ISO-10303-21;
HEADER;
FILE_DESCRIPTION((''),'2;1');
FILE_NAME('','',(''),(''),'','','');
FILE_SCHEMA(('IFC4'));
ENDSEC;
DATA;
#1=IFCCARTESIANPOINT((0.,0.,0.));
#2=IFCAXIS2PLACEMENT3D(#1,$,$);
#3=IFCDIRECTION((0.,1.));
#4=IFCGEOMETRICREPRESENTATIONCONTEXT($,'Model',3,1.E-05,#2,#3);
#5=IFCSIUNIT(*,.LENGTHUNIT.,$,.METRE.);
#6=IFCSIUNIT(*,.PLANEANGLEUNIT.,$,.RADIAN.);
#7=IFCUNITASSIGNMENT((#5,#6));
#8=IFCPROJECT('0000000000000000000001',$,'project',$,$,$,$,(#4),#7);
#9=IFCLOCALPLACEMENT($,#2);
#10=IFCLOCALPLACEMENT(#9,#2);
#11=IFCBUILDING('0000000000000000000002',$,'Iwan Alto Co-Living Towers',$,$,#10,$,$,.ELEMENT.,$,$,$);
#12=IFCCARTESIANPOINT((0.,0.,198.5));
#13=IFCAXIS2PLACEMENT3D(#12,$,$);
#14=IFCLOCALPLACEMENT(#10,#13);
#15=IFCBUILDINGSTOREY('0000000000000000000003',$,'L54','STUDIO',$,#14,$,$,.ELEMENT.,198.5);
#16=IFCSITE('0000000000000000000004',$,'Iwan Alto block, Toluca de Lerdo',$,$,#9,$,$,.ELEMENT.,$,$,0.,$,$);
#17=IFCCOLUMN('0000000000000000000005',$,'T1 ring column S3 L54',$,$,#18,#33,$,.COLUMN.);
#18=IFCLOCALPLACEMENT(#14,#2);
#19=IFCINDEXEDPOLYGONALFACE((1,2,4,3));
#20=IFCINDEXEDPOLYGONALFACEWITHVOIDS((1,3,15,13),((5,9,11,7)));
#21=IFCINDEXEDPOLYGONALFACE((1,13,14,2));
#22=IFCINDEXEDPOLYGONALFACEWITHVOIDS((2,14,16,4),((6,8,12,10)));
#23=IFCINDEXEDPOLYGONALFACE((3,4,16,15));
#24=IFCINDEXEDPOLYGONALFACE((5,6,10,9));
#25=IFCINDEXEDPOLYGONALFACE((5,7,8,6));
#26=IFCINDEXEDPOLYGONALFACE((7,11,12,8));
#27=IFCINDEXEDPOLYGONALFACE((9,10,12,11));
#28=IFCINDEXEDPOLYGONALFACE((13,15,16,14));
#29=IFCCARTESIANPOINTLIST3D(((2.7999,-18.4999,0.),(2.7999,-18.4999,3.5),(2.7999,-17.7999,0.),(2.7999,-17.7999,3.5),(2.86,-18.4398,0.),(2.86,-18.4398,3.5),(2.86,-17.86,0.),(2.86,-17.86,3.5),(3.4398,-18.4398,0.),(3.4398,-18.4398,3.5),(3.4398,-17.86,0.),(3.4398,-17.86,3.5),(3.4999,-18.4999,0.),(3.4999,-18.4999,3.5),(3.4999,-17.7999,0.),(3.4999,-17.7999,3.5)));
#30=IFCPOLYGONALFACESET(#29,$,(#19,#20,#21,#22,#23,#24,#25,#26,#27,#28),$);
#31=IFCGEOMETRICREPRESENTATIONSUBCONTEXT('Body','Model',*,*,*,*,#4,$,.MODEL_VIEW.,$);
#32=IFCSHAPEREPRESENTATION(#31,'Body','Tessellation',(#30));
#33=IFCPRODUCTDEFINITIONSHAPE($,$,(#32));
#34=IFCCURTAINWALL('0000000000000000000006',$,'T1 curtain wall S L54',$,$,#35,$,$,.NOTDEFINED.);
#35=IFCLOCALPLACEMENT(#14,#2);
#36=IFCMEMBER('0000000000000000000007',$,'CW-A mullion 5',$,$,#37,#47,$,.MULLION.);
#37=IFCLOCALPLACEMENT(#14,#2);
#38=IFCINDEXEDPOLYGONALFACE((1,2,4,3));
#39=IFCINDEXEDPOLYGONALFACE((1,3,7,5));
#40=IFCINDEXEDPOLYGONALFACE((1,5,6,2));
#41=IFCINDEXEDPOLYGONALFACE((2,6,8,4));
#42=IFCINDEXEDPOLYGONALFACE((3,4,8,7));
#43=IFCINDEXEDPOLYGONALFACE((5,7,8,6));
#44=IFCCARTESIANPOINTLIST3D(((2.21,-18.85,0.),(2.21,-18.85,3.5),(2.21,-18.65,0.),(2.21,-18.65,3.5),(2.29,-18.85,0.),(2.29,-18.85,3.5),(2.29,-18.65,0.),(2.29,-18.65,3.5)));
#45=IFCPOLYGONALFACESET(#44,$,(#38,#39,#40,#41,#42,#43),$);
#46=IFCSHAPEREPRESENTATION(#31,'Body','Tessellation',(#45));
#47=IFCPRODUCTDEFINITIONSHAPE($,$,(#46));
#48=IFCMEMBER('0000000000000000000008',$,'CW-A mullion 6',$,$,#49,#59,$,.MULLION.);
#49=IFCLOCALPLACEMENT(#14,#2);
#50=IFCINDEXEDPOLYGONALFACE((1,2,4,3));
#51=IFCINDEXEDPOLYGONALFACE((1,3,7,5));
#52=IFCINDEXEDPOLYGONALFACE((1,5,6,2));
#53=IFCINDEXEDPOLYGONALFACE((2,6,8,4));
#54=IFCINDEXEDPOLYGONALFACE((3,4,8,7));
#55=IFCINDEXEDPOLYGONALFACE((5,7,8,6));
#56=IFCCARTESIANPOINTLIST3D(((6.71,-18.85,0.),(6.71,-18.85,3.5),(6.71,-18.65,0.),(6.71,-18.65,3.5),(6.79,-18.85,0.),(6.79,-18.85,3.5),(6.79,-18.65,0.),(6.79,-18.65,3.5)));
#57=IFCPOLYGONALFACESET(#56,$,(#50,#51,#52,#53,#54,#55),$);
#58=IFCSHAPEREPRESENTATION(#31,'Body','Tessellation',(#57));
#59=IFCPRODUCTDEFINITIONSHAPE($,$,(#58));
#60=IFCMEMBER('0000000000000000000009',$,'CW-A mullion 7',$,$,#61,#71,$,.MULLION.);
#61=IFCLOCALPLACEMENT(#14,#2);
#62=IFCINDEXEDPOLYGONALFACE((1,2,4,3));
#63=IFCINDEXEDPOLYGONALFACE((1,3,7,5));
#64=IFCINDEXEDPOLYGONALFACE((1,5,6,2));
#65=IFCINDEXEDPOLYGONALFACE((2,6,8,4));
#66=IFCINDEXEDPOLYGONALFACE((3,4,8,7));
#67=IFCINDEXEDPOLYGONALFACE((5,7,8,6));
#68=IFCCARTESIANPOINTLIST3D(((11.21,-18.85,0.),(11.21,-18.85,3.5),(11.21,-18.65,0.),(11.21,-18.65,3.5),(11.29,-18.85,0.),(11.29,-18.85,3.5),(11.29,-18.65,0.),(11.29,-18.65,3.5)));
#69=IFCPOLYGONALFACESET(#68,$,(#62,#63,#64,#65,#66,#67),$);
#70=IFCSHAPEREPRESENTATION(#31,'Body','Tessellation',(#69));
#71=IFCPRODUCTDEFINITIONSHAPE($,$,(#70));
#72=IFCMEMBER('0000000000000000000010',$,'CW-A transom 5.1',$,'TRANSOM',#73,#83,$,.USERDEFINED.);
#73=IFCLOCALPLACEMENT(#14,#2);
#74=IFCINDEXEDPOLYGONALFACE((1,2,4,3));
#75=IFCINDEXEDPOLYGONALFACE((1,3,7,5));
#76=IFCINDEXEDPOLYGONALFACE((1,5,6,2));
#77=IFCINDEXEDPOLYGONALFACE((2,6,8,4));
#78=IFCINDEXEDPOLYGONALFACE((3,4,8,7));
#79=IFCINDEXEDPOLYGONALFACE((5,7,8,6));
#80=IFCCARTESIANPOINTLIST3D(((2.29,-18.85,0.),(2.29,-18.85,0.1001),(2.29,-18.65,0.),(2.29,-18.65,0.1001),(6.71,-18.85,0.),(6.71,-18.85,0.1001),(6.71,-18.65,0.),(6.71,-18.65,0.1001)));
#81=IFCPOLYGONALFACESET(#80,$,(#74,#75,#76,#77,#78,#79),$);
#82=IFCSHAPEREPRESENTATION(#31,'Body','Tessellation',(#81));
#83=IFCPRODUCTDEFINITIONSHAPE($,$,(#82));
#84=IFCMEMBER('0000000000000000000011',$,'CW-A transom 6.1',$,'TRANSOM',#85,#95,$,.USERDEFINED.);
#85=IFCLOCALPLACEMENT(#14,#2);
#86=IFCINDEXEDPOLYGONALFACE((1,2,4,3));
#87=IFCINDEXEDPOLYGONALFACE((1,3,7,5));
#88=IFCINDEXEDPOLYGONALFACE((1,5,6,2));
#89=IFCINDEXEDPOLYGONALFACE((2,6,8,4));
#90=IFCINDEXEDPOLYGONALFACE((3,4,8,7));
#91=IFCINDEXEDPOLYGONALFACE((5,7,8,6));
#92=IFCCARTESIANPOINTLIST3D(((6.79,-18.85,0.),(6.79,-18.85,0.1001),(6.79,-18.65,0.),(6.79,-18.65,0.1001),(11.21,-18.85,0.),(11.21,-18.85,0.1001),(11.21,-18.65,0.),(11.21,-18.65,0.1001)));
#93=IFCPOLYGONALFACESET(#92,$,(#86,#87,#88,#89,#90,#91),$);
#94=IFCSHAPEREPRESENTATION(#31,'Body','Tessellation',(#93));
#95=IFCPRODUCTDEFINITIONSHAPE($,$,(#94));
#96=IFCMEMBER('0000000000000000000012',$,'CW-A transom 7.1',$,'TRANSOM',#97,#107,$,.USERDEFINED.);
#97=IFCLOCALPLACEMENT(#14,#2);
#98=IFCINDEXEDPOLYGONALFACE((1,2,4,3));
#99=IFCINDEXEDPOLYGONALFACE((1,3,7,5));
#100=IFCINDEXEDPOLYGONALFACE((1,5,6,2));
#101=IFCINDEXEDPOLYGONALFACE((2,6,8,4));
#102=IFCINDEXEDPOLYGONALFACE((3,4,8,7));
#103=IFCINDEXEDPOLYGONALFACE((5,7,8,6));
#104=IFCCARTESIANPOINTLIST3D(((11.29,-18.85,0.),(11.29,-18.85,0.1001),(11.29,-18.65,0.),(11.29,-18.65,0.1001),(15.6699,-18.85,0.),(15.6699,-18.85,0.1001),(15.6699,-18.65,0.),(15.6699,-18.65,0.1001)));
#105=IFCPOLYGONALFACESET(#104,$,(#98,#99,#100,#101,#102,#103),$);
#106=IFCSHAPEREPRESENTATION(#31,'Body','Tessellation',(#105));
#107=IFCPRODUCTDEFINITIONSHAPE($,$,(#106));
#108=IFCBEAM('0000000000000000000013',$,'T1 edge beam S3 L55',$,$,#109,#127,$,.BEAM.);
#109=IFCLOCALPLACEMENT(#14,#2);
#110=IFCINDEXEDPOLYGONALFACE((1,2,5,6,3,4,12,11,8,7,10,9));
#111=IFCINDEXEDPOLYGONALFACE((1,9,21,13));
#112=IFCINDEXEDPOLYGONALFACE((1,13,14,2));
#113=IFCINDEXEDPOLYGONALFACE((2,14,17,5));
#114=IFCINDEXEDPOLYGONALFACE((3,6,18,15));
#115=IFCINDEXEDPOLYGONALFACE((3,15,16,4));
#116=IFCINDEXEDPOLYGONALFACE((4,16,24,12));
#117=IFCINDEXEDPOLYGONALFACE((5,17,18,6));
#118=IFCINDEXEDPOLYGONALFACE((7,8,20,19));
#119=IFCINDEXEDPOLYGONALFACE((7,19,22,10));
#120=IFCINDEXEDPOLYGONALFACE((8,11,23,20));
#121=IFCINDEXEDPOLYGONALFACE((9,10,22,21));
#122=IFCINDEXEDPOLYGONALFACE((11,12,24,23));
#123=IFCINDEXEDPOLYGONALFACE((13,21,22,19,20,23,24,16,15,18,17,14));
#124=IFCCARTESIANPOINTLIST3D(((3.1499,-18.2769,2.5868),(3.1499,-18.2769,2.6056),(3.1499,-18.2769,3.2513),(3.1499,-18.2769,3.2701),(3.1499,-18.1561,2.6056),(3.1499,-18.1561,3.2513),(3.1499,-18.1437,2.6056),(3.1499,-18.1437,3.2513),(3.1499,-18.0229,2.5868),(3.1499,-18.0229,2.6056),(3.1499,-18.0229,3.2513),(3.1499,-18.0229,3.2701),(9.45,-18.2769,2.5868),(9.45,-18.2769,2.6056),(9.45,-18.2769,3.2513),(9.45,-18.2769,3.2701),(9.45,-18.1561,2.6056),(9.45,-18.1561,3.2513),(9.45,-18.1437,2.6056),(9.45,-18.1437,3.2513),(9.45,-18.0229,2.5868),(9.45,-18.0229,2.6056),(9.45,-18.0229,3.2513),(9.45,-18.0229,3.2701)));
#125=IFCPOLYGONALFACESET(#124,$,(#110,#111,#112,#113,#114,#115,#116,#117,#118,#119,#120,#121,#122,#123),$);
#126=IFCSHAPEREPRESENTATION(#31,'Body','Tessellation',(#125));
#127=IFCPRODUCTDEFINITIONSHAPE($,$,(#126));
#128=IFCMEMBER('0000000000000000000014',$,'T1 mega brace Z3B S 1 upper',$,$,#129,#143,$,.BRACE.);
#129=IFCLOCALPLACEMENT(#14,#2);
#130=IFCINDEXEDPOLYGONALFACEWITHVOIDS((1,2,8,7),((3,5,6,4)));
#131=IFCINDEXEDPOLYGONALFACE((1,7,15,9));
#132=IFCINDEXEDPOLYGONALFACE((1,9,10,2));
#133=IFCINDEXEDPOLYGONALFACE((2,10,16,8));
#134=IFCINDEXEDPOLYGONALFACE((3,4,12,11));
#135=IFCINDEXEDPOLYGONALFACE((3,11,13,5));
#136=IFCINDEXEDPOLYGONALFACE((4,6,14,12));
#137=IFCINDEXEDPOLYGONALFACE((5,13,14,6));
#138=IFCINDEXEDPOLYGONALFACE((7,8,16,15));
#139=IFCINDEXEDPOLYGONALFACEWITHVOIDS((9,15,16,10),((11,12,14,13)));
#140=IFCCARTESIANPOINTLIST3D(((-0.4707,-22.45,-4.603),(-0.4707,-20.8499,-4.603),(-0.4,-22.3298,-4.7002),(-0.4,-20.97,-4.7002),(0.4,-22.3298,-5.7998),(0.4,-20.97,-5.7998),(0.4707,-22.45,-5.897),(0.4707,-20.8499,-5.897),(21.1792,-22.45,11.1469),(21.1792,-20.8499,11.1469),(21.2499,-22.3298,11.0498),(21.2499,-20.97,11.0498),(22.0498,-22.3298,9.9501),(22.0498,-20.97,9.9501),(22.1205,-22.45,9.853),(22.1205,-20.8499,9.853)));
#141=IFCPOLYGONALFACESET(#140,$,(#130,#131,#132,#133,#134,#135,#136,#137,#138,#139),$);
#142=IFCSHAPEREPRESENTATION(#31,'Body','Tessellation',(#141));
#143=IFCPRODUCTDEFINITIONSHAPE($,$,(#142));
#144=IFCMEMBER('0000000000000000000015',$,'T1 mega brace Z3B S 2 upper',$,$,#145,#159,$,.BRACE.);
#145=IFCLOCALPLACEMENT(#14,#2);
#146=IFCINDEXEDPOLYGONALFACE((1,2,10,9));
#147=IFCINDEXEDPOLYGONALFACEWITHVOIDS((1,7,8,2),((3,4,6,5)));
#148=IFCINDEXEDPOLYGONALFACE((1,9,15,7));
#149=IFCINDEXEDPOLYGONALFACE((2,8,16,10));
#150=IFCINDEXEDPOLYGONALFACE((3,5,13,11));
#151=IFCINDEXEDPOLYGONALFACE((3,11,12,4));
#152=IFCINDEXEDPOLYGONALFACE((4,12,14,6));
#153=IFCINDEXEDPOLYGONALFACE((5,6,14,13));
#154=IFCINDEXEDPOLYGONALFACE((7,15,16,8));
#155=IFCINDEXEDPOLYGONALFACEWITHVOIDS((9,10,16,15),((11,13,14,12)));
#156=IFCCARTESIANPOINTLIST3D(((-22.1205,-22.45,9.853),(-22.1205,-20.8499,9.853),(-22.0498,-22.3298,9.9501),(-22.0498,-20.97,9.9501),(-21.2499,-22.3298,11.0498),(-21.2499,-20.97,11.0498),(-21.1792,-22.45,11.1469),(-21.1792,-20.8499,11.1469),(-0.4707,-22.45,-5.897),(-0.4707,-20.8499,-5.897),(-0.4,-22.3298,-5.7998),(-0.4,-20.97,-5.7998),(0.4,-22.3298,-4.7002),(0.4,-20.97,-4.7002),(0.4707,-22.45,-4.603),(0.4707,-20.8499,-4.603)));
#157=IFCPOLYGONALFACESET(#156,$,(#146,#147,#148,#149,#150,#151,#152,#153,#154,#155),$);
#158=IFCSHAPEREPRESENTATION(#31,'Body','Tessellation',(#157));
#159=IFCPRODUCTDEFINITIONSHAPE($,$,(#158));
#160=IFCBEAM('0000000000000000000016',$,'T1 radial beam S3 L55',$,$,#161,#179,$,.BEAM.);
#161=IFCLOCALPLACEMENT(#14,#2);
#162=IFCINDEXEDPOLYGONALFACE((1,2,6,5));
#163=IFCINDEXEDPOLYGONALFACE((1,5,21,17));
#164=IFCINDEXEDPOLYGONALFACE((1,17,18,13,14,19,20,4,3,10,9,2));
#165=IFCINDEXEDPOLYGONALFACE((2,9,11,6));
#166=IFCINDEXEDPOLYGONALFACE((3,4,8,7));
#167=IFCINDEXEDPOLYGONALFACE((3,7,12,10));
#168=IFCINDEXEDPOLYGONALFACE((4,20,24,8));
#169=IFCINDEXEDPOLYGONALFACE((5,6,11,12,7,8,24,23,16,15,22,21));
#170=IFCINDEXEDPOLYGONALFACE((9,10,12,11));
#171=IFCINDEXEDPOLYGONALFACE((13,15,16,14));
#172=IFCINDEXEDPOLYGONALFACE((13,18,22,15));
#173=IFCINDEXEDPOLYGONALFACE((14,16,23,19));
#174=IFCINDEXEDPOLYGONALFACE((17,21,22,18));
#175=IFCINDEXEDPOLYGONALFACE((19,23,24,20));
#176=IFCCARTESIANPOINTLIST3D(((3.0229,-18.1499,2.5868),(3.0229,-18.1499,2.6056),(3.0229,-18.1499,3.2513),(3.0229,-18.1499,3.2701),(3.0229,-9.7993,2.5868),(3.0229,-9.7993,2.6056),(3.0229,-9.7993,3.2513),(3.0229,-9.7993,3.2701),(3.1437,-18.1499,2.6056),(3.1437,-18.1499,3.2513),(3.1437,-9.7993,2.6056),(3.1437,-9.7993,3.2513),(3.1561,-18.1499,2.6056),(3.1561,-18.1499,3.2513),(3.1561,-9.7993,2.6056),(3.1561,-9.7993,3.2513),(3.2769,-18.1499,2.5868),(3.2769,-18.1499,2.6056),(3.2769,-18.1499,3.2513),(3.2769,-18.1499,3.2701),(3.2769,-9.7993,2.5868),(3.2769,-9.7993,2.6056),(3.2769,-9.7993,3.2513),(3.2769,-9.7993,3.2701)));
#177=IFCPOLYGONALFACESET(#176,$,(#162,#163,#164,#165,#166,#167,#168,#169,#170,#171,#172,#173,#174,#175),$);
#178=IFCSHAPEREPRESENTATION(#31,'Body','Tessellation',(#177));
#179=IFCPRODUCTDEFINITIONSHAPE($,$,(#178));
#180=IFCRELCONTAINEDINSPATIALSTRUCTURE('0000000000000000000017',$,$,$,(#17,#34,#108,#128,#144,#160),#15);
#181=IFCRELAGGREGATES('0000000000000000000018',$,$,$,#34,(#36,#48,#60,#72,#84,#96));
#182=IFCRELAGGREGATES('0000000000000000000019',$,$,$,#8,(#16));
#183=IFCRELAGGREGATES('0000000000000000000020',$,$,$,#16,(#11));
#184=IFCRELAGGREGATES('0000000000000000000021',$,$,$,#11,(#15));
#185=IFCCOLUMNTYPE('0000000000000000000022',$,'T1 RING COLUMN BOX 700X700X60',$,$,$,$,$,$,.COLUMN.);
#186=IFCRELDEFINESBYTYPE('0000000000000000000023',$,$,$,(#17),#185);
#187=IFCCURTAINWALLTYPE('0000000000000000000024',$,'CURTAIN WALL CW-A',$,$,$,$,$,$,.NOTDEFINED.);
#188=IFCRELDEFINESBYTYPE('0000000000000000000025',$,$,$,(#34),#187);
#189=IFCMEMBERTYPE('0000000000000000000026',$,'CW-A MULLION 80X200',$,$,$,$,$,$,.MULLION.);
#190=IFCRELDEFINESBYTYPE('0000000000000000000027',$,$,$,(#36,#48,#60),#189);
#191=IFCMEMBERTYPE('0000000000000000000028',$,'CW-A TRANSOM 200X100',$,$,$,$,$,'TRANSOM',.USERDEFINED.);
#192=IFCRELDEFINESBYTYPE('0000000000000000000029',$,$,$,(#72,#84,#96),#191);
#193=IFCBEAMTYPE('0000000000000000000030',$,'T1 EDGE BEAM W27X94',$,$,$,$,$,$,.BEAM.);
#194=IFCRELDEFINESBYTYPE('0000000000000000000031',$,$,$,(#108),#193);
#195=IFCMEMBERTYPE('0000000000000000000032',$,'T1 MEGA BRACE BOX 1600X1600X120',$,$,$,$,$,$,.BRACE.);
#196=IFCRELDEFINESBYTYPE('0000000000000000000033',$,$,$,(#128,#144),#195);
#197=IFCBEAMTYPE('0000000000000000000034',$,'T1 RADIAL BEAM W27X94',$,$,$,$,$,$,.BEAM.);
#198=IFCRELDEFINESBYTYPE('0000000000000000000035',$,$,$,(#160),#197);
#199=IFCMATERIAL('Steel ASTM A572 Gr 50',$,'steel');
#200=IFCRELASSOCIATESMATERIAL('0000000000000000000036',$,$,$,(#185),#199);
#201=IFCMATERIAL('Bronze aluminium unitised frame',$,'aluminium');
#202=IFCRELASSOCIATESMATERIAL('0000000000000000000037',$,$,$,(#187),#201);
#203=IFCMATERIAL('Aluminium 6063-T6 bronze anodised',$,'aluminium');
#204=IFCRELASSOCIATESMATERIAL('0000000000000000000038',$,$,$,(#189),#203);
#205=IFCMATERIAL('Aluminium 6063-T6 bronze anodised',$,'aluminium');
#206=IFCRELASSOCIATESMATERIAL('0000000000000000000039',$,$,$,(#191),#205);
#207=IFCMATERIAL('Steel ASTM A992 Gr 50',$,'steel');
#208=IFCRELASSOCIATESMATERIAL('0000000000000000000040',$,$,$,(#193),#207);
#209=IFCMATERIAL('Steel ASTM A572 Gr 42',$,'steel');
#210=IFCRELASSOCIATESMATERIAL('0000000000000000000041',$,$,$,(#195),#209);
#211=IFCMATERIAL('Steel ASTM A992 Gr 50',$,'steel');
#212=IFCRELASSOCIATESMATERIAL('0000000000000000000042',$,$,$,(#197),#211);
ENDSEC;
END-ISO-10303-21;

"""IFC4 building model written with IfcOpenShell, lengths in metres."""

from ifc_helpers import new_model, si_unit, direction, frame, origin, origin_2d, place, context, subcontext, project, spatial, rectangle, hollow_rectangle, i_section, extrude, material, material_profile, profile_set, type_object, element, aggregate, save


model = new_model("IFC4")

# Units and contexts
model_context = context("Model", 3, precision=1e-05, world=origin(), true_north=direction((0.0, 1.0)))
body_context = subcontext(model_context, "Body", "Model", "MODEL_VIEW")
ifc_project = project(units=[si_unit("LENGTHUNIT", "METRE"), si_unit("PLANEANGLEUNIT", "RADIAN")], contexts=[model_context])

# Site, building, storey
site_placement = place(None, origin())
site = spatial("IfcSite", under=ifc_project, at=site_placement, Name="Iwan Alto block, Toluca de Lerdo", CompositionType="ELEMENT", RefElevation=0.0)
building_placement = place(site_placement, origin())
building = spatial("IfcBuilding", under=site, at=building_placement, Name="Iwan Alto Co-Living Towers", CompositionType="ELEMENT")
storey_placement = place(building_placement, frame((0.0, 0.0, 198.5)))
storey = spatial("IfcBuildingStorey", under=building, at=storey_placement, Name="L54", Description="STUDIO", CompositionType="ELEMENT", Elevation=198.5)

# Column
ifc_material_1 = material(Name="Steel ASTM A572 Gr 50", Category="steel")
ifc_material_profile_1 = material_profile(ifc_material_1, hollow_rectangle(XDim=0.7, YDim=0.7, WallThickness=0.0601, at=origin_2d()), Name="BOX 700X700X60")
ifc_profile_set_1 = profile_set([ifc_material_profile_1], Name="Steel ASTM A572 Gr 50")
column_type = type_object("IfcColumnType", Name="T1 RING COLUMN BOX 700X700X60", PredefinedType="COLUMN", material=ifc_profile_set_1)
column_placement = place(storey_placement, frame((3.1499, -18.1499, 0.0), z_axis=(0.0, 0.0, 1.0), x_axis=(1.0, 0.0, 0.0)))
element("IfcColumn", 1, at=column_placement, inside=storey, type_object=column_type, Name="T1 ring column S3 L54", PredefinedType="COLUMN", context=body_context, shape_type="SweptSolid", body=[
    extrude(hollow_rectangle(XDim=0.7, YDim=0.7, WallThickness=0.0601, at=origin_2d()), origin(), (0.0, 0.0, 1.0), 3.5),
])

# Curtain wall, members
ifc_material_2 = material(Name="Bronze aluminium unitised frame", Category="aluminium")
curtain_wall_type = type_object("IfcCurtainWallType", Name="CURTAIN WALL CW-A", PredefinedType="NOTDEFINED", material=ifc_material_2)
curtain_wall_placement = place(storey_placement, origin())
curtain_wall = element("IfcCurtainWall", 2, at=curtain_wall_placement, inside=storey, type_object=curtain_wall_type, Name="T1 curtain wall S L54", PredefinedType="NOTDEFINED")
ifc_material_3 = material(Name="Aluminium 6063-T6 bronze anodised", Category="aluminium")
ifc_material_profile_2 = material_profile(ifc_material_3, rectangle(XDim=0.2, YDim=0.0801, at=origin_2d()), Name="AL 80X200")
ifc_profile_set_2 = profile_set([ifc_material_profile_2], Name="Aluminium 6063-T6 bronze anodised")
member_type_1 = type_object("IfcMemberType", Name="CW-A MULLION 80X200", PredefinedType="MULLION", material=ifc_profile_set_2)
member_1_placement = place(storey_placement, frame((2.25, -18.75, 0.0), z_axis=(0.0, 0.0, 1.0), x_axis=(0.0, 1.0, 0.0)))
member_1 = element("IfcMember", 3, at=member_1_placement, type_object=member_type_1, Name="CW-A mullion 5", PredefinedType="MULLION", context=body_context, shape_type="SweptSolid", body=[
    extrude(rectangle(XDim=0.2, YDim=0.0801, at=origin_2d()), origin(), (0.0, 0.0, 1.0), 3.5),
])
member_2_placement = place(storey_placement, frame((6.75, -18.75, 0.0), z_axis=(0.0, 0.0, 1.0), x_axis=(0.0, 1.0, 0.0)))
member_2 = element("IfcMember", 4, at=member_2_placement, type_object=member_type_1, Name="CW-A mullion 6", PredefinedType="MULLION", context=body_context, shape_type="SweptSolid", body=[
    extrude(rectangle(XDim=0.2, YDim=0.0801, at=origin_2d()), origin(), (0.0, 0.0, 1.0), 3.5),
])
member_3_placement = place(storey_placement, frame((11.25, -18.75, 0.0), z_axis=(0.0, 0.0, 1.0), x_axis=(0.0, 1.0, 0.0)))
member_3 = element("IfcMember", 5, at=member_3_placement, type_object=member_type_1, Name="CW-A mullion 7", PredefinedType="MULLION", context=body_context, shape_type="SweptSolid", body=[
    extrude(rectangle(XDim=0.2, YDim=0.0801, at=origin_2d()), origin(), (0.0, 0.0, 1.0), 3.5),
])
ifc_material_4 = material(Name="Aluminium 6063-T6 bronze anodised", Category="aluminium")
ifc_material_profile_3 = material_profile(ifc_material_4, rectangle(XDim=0.2, YDim=0.1001, at=origin_2d()), Name="AL 200X100")
ifc_profile_set_3 = profile_set([ifc_material_profile_3], Name="Aluminium 6063-T6 bronze anodised")
member_type_2 = type_object("IfcMemberType", Name="CW-A TRANSOM 200X100", ElementType="TRANSOM", PredefinedType="USERDEFINED", material=ifc_profile_set_3)
member_4_placement = place(storey_placement, frame((2.29, -18.75, 0.05), z_axis=(1.0, 0.0, 0.0), x_axis=(0.0, 1.0, 0.0)))
member_4 = element("IfcMember", 6, at=member_4_placement, type_object=member_type_2, Name="CW-A transom 5.1", ObjectType="TRANSOM", PredefinedType="USERDEFINED", context=body_context, shape_type="SweptSolid", body=[
    extrude(rectangle(XDim=0.2, YDim=0.1001, at=origin_2d()), origin(), (0.0, 0.0, 1.0), 4.4199),
])
member_5_placement = place(storey_placement, frame((6.79, -18.75, 0.05), z_axis=(1.0, 0.0, 0.0), x_axis=(0.0, 1.0, 0.0)))
member_5 = element("IfcMember", 7, at=member_5_placement, type_object=member_type_2, Name="CW-A transom 6.1", ObjectType="TRANSOM", PredefinedType="USERDEFINED", context=body_context, shape_type="SweptSolid", body=[
    extrude(rectangle(XDim=0.2, YDim=0.1001, at=origin_2d()), origin(), (0.0, 0.0, 1.0), 4.4199),
])
member_6_placement = place(storey_placement, frame((11.29, -18.75, 0.05), z_axis=(1.0, 0.0, 0.0), x_axis=(0.0, 1.0, 0.0)))
member_6 = element("IfcMember", 8, at=member_6_placement, type_object=member_type_2, Name="CW-A transom 7.1", ObjectType="TRANSOM", PredefinedType="USERDEFINED", context=body_context, shape_type="SweptSolid", body=[
    extrude(rectangle(XDim=0.2, YDim=0.1001, at=origin_2d()), origin(), (0.0, 0.0, 1.0), 4.3799),
])

# Beam
ifc_material_5 = material(Name="Steel ASTM A992 Gr 50", Category="steel")
ifc_material_profile_4 = material_profile(ifc_material_5, i_section(OverallWidth=0.2539, OverallDepth=0.6833, WebThickness=0.0125, FlangeThickness=0.0188, at=origin_2d()), Name="W27X94")
ifc_profile_set_4 = profile_set([ifc_material_profile_4], Name="Steel ASTM A992 Gr 50")
beam_type_1 = type_object("IfcBeamType", Name="T1 EDGE BEAM W27X94", PredefinedType="BEAM", material=ifc_profile_set_4)
beam_1_placement = place(storey_placement, frame((3.1499, -18.1499, 2.9285), z_axis=(1.0, 0.0, 0.0), x_axis=(0.0, 1.0, 0.0)))
element("IfcBeam", 9, at=beam_1_placement, inside=storey, type_object=beam_type_1, Name="T1 edge beam S3 L55", PredefinedType="BEAM", context=body_context, shape_type="SweptSolid", body=[
    extrude(i_section(OverallWidth=0.2539, OverallDepth=0.6833, WebThickness=0.0125, FlangeThickness=0.0188, at=origin_2d()), origin(), (0.0, 0.0, 1.0), 6.3),
])

# Members
ifc_material_6 = material(Name="Steel ASTM A572 Gr 42", Category="steel")
ifc_material_profile_5 = material_profile(ifc_material_6, hollow_rectangle(XDim=1.6001, YDim=1.6001, WallThickness=0.1201, at=origin_2d()), Name="BOX 1600X1600X120")
ifc_profile_set_5 = profile_set([ifc_material_profile_5], Name="Steel ASTM A572 Gr 42")
member_type_3 = type_object("IfcMemberType", Name="T1 MEGA BRACE BOX 1600X1600X120", PredefinedType="BRACE", material=ifc_profile_set_5)
for number, where, z_axis, x_axis, name in (
    (10, (0.0, -21.6499, -5.25), (0.808654, 0.0, 0.588284), (0.0, 1.0, 0.0), "T1 mega brace Z3B S 1 upper"),
    (11, (0.0, -21.6499, -5.25), (-0.808654, 0.0, 0.588284), (0.0, -1.0, 0.0), "T1 mega brace Z3B S 2 upper"),
):
    element("IfcMember", number, at=place(storey_placement, frame(where, z_axis=z_axis, x_axis=x_axis)), inside=storey, type_object=member_type_3, Name=name, PredefinedType="BRACE", context=body_context, shape_type="SweptSolid", body=[
        extrude(hollow_rectangle(XDim=1.6001, YDim=1.6001, WallThickness=0.1201, at=origin_2d()), origin(), (0.0, 0.0, 1.0), 26.7727),
    ])

# Beam
ifc_material_7 = material(Name="Steel ASTM A992 Gr 50", Category="steel")
ifc_material_profile_6 = material_profile(ifc_material_7, i_section(OverallWidth=0.2539, OverallDepth=0.6833, WebThickness=0.0125, FlangeThickness=0.0188, at=origin_2d()), Name="W27X94")
ifc_profile_set_6 = profile_set([ifc_material_profile_6], Name="Steel ASTM A992 Gr 50")
beam_type_2 = type_object("IfcBeamType", Name="T1 RADIAL BEAM W27X94", PredefinedType="BEAM", material=ifc_profile_set_6)
beam_2_placement = place(storey_placement, frame((3.1499, -18.1499, 2.9285), z_axis=(0.0, 1.0, 0.0), x_axis=(-1.0, 0.0, 0.0)))
element("IfcBeam", 12, at=beam_2_placement, inside=storey, type_object=beam_type_2, Name="T1 radial beam S3 L55", PredefinedType="BEAM", context=body_context, shape_type="SweptSolid", body=[
    extrude(i_section(OverallWidth=0.2539, OverallDepth=0.6833, WebThickness=0.0125, FlangeThickness=0.0188, at=origin_2d()), origin(), (0.0, 0.0, 1.0), 8.3506),
])

aggregate(curtain_wall, [member_1, member_2, member_3, member_4, member_5, member_6])

save(model, "model.ifc")
